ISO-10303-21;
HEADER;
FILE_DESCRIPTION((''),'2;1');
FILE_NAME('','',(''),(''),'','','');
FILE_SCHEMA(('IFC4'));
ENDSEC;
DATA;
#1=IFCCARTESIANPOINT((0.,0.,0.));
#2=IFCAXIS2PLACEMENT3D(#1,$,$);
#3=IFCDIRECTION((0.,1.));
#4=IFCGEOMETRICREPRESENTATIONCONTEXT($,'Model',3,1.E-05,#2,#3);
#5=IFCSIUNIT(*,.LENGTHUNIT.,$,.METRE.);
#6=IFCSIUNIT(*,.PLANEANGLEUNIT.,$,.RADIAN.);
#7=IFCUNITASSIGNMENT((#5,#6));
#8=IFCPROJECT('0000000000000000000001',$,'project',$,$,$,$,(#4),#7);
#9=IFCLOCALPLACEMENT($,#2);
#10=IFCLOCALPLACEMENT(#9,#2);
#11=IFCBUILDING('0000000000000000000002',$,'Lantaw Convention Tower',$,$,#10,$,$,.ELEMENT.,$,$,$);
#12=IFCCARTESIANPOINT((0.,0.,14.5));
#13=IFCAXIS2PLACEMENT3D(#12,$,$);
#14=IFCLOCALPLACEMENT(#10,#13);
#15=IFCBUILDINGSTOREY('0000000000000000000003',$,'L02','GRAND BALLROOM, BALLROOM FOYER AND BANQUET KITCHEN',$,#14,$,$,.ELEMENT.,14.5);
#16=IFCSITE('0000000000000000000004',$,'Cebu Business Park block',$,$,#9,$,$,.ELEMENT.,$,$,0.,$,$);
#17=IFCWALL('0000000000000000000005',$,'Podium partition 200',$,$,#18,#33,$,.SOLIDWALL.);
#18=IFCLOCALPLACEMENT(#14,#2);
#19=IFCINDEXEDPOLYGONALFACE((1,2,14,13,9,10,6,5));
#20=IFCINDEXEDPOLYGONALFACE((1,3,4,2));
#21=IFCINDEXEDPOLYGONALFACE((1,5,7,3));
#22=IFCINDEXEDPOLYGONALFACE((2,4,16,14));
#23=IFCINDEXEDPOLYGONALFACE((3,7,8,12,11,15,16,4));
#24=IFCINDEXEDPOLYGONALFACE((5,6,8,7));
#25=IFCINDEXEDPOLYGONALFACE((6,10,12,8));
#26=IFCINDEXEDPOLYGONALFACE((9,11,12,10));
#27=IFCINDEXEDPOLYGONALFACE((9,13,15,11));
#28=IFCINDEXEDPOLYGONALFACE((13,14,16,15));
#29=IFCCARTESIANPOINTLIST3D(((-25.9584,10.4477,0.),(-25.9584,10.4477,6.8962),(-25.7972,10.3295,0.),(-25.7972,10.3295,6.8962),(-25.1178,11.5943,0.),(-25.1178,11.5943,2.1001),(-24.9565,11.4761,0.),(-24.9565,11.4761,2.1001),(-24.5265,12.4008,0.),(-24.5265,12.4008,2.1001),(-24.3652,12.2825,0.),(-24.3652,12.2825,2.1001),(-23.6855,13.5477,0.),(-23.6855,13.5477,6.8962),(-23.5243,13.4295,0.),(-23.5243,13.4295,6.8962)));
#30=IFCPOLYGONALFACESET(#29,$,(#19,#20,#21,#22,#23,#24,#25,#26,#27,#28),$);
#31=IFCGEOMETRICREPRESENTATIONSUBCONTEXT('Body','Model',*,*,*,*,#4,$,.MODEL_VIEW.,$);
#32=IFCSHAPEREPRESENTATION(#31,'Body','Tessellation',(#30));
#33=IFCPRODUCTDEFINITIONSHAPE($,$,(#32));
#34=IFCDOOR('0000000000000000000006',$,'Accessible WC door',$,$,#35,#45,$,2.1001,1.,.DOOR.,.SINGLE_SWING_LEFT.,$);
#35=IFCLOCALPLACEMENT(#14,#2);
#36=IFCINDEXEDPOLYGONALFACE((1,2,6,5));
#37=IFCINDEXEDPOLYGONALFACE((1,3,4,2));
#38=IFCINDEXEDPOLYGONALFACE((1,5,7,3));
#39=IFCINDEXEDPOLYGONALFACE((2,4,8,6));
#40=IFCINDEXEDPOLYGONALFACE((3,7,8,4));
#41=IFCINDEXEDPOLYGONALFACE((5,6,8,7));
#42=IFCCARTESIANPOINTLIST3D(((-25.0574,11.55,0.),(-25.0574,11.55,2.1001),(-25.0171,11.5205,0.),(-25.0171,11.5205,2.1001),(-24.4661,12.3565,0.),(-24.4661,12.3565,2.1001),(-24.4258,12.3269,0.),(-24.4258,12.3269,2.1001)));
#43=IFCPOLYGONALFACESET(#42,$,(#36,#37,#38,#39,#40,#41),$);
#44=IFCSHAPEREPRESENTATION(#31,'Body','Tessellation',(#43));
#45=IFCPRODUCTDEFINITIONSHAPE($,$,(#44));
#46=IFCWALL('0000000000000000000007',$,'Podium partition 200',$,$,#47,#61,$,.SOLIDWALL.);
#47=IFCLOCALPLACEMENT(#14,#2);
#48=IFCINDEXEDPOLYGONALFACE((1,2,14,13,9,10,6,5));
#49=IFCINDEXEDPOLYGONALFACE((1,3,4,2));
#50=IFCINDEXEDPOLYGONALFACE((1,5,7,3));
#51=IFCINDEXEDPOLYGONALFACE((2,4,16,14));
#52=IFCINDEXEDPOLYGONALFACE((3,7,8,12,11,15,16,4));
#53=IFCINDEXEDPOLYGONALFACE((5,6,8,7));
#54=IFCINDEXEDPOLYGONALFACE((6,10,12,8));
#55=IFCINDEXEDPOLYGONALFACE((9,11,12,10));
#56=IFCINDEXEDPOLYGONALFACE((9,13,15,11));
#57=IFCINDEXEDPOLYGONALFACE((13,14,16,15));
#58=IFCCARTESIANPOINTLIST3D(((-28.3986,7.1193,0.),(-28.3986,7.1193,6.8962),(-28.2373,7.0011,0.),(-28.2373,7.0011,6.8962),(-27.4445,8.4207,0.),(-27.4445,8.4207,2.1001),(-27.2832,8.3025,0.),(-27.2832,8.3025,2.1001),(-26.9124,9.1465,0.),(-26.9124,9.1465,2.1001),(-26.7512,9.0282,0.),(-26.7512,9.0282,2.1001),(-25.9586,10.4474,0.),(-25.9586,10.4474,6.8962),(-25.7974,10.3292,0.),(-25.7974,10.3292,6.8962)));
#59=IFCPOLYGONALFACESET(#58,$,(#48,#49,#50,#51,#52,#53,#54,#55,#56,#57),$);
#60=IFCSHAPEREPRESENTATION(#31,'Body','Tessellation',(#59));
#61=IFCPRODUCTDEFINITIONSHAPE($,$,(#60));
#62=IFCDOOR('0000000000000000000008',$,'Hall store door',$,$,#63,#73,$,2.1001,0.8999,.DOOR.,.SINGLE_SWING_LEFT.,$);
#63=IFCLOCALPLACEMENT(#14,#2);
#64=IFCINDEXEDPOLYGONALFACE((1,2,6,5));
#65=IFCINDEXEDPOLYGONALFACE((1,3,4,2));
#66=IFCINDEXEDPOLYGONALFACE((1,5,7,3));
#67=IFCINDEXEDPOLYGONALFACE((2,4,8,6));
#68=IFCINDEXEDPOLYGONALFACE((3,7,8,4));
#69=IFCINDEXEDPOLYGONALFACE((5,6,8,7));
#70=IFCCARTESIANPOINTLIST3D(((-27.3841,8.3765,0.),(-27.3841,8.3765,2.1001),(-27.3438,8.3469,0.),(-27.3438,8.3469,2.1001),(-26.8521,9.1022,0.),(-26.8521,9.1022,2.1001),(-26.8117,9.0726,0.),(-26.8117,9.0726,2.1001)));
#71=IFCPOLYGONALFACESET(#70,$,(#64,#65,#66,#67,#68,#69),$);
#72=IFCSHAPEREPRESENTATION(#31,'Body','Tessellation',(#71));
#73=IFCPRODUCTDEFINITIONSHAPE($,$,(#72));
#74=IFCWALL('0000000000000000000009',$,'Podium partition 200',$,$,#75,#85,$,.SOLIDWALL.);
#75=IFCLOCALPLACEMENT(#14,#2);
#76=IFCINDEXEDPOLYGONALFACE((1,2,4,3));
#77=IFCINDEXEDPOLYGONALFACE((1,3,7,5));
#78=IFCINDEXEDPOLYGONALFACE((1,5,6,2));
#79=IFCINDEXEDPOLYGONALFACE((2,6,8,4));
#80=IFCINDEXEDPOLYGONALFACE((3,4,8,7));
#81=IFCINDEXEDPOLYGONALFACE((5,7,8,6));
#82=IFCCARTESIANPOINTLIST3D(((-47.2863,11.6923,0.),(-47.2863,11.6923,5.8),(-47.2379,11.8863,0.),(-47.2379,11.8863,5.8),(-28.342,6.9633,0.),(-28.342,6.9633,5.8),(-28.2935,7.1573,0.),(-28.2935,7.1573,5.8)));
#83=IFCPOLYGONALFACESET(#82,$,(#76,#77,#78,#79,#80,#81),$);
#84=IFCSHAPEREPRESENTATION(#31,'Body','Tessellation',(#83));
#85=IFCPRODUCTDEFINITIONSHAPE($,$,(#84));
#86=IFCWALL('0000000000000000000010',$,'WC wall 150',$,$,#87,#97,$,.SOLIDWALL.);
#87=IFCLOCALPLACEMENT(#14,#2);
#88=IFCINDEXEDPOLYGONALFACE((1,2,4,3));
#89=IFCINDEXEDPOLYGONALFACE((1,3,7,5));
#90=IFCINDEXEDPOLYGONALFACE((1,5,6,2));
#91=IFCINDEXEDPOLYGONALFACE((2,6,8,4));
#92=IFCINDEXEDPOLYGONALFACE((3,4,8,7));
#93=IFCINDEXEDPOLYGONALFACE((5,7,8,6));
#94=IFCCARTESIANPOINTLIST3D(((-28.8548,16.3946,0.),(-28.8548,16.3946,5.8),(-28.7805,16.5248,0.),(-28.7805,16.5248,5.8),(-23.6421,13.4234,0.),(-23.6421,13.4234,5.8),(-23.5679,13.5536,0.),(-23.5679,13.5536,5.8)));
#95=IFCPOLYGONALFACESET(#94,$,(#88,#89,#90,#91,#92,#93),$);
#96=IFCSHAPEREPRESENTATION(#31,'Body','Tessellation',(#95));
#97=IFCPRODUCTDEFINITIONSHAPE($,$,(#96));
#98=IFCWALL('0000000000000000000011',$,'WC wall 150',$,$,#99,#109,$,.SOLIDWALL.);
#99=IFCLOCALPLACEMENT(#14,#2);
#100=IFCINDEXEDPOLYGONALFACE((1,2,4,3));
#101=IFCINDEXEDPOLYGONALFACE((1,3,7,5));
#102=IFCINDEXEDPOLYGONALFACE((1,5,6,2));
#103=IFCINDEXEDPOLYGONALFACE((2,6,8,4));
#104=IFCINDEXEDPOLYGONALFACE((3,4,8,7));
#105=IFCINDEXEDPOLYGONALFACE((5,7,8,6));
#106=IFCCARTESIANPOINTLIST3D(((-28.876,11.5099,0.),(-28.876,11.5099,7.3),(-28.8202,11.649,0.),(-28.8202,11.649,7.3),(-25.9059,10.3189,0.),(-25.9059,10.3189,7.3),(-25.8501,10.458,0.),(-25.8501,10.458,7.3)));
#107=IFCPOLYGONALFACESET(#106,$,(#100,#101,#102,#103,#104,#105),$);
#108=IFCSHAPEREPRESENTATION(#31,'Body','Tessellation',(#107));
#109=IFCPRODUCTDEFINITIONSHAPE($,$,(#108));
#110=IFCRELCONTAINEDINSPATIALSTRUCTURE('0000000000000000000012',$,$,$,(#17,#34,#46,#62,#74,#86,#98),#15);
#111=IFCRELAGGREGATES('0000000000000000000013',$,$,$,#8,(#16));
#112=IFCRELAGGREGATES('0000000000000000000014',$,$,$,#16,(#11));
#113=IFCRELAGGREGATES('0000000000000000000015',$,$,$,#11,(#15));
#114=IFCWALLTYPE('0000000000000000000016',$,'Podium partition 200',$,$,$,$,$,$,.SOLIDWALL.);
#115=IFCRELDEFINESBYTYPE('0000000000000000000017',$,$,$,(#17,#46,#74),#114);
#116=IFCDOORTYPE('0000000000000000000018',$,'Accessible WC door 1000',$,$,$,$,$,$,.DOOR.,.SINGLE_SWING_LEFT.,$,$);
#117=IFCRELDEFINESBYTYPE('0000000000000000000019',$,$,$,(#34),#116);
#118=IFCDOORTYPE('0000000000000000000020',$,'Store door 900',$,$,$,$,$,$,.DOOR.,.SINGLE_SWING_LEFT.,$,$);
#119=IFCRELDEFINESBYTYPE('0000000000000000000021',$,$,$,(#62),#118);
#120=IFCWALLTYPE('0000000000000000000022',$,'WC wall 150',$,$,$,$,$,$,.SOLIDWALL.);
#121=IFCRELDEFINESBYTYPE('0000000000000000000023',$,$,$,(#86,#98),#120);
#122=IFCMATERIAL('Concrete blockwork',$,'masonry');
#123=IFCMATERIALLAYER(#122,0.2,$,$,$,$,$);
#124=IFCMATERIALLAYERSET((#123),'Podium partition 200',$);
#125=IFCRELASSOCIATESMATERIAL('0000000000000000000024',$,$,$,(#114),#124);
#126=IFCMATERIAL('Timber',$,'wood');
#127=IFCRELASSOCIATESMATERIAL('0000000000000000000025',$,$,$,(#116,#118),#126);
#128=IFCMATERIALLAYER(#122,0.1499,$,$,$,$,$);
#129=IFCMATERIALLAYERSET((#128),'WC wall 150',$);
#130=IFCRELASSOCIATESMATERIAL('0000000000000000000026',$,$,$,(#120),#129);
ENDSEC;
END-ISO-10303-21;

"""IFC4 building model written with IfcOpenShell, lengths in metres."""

from ifc_helpers import new_model, si_unit, direction, frame, frame_2d, origin, place, context, subcontext, project, spatial, rectangle, extrude, material, layer, layer_set, type_object, element, fill, save


model = new_model("IFC4")

# Units and contexts
model_context = context("Model", 3, precision=1e-05, world=origin(), true_north=direction((0.0, 1.0)))
body_context = subcontext(model_context, "Body", "Model", "MODEL_VIEW")
ifc_project = project(units=[si_unit("LENGTHUNIT", "METRE"), si_unit("PLANEANGLEUNIT", "RADIAN")], contexts=[model_context])

# Site, building, storey
site_placement = place(None, origin())
site = spatial("IfcSite", under=ifc_project, at=site_placement, Name="Cebu Business Park block", CompositionType="ELEMENT", RefElevation=0.0)
building_placement = place(site_placement, origin())
building = spatial("IfcBuilding", under=site, at=building_placement, Name="Lantaw Convention Tower", CompositionType="ELEMENT")
storey_placement = place(building_placement, frame((0.0, 0.0, 14.5)))
storey = spatial("IfcBuildingStorey", under=building, at=storey_placement, Name="L02", Description="GRAND BALLROOM, BALLROOM FOYER AND BANQUET KITCHEN", CompositionType="ELEMENT", Elevation=14.5)

# Walls, openings, doors
ifc_material_1 = material(Name="Concrete blockwork", Category="masonry")
ifc_layer_1 = layer(ifc_material_1, 0.2)
ifc_layer_set_1 = layer_set([ifc_layer_1], Name="Podium partition 200")
wall_type_1 = type_object("IfcWallType", Name="Podium partition 200", PredefinedType="SOLIDWALL", material=ifc_layer_set_1)
wall_1_placement = place(storey_placement, frame((-23.605, 13.4885, 0.0), z_axis=(0.0, 0.0, 1.0), x_axis=(-0.591287, -0.806462, 0.0)))
wall_1 = element("IfcWall", 1, at=wall_1_placement, inside=storey, type_object=wall_type_1, Name="Podium partition 200", PredefinedType="SOLIDWALL", context=body_context, shape_type="SweptSolid", body=[
    extrude(rectangle(XDim=3.844, YDim=0.2, at=frame_2d((1.9219, 0.0))), origin(), (0.0, 0.0, 1.0), 6.8962),
])
opening_1_placement = place(wall_1_placement, frame((1.4221, 0.0, 0.0)))
opening_1 = element("IfcOpeningElement", 2, at=opening_1_placement, cuts=wall_1, PredefinedType="OPENING", context=body_context, shape_type="SweptSolid", body=[
    extrude(rectangle(XDim=1.0, YDim=2.1001, at=frame_2d((0.5, 1.05))), frame((0.0, 0.1099, 0.0), z_axis=(0.0, -1.0, 0.0), x_axis=(1.0, 0.0, 0.0)), (0.0, 0.0, 1.0), 0.22),
])
ifc_material_2 = material(Name="Timber", Category="wood")
door_type_1 = type_object("IfcDoorType", Name="Accessible WC door 1000", OperationType="SINGLE_SWING_LEFT", PredefinedType="DOOR", material=ifc_material_2)
door_1_placement = place(opening_1_placement, origin())
door_1 = element("IfcDoor", 3, at=door_1_placement, inside=storey, type_object=door_type_1, Name="Accessible WC door", OperationType="SINGLE_SWING_LEFT", OverallHeight=2.1001, OverallWidth=1.0, PredefinedType="DOOR", context=body_context, shape_type="SweptSolid", body=[
    extrude(rectangle(XDim=1.0, YDim=2.1001, at=frame_2d((0.5, 1.05))), frame((0.0, 0.0249, 0.0), z_axis=(0.0, -1.0, 0.0), x_axis=(1.0, 0.0, 0.0)), (0.0, 0.0, 1.0), 0.05),
])
fill(opening_1, door_1)
wall_2_placement = place(storey_placement, frame((-25.8779, 10.3884, 0.0), z_axis=(0.0, 0.0, 1.0), x_axis=(-0.591256, -0.806484, 0.0)))
wall_2 = element("IfcWall", 4, at=wall_2_placement, inside=storey, type_object=wall_type_1, Name="Podium partition 200", PredefinedType="SOLIDWALL", context=body_context, shape_type="SweptSolid", body=[
    extrude(rectangle(XDim=4.1267, YDim=0.2, at=frame_2d((2.0635, 0.0))), origin(), (0.0, 0.0, 1.0), 6.8962),
])
opening_2_placement = place(wall_2_placement, frame((1.6133, 0.0, 0.0)))
opening_2 = element("IfcOpeningElement", 5, at=opening_2_placement, cuts=wall_2, PredefinedType="OPENING", context=body_context, shape_type="SweptSolid", body=[
    extrude(rectangle(XDim=0.8999, YDim=2.1001, at=frame_2d((0.45, 1.05))), frame((0.0, 0.1099, 0.0), z_axis=(0.0, -1.0, 0.0), x_axis=(1.0, 0.0, 0.0)), (0.0, 0.0, 1.0), 0.22),
])
door_type_2 = type_object("IfcDoorType", Name="Store door 900", OperationType="SINGLE_SWING_LEFT", PredefinedType="DOOR", material=ifc_material_2)
door_2_placement = place(opening_2_placement, origin())
door_2 = element("IfcDoor", 6, at=door_2_placement, inside=storey, type_object=door_type_2, Name="Hall store door", OperationType="SINGLE_SWING_LEFT", OverallHeight=2.1001, OverallWidth=0.8999, PredefinedType="DOOR", context=body_context, shape_type="SweptSolid", body=[
    extrude(rectangle(XDim=0.8999, YDim=2.1001, at=frame_2d((0.45, 1.05))), frame((0.0, 0.0249, 0.0), z_axis=(0.0, -1.0, 0.0), x_axis=(1.0, 0.0, 0.0)), (0.0, 0.0, 1.0), 0.05),
])
fill(opening_2, door_2)

# Walls
wall_3_placement = place(storey_placement, frame((-28.3179, 7.0603, 0.0), z_axis=(0.0, 0.0, 1.0), x_axis=(-0.970228, 0.242194, 0.0)))
element("IfcWall", 7, at=wall_3_placement, inside=storey, type_object=wall_type_1, Name="Podium partition 200", PredefinedType="SOLIDWALL", context=body_context, shape_type="SweptSolid", body=[
    extrude(rectangle(XDim=19.5256, YDim=0.2, at=frame_2d((9.7627, 0.0))), origin(), (0.0, 0.0, 1.0), 5.8),
])
ifc_layer_2 = layer(ifc_material_1, 0.1499)
ifc_layer_set_2 = layer_set([ifc_layer_2], Name="WC wall 150")
wall_type_2 = type_object("IfcWallType", Name="WC wall 150", PredefinedType="SOLIDWALL", material=ifc_layer_set_2)
wall_4_placement = place(storey_placement, frame((-23.605, 13.4885, 0.0), z_axis=(0.0, 0.0, 1.0), x_axis=(-0.868778, 0.495201, 0.0)))
element("IfcWall", 8, at=wall_4_placement, inside=storey, type_object=wall_type_2, Name="WC wall 150", PredefinedType="SOLIDWALL", context=body_context, shape_type="SweptSolid", body=[
    extrude(rectangle(XDim=6.0, YDim=0.1499, at=frame_2d((3.0, 0.0))), origin(), (0.0, 0.0, 1.0), 5.8),
])
wall_5_placement = place(storey_placement, frame((-25.8779, 10.3884, 0.0), z_axis=(0.0, 0.0, 1.0), x_axis=(-0.928161, 0.37218, 0.0)))
element("IfcWall", 9, at=wall_5_placement, inside=storey, type_object=wall_type_2, Name="WC wall 150", PredefinedType="SOLIDWALL", context=body_context, shape_type="SweptSolid", body=[
    extrude(rectangle(XDim=3.2, YDim=0.1499, at=frame_2d((1.6001, 0.0))), origin(), (0.0, 0.0, 1.0), 7.3),
])

save(model, "model.ifc")
